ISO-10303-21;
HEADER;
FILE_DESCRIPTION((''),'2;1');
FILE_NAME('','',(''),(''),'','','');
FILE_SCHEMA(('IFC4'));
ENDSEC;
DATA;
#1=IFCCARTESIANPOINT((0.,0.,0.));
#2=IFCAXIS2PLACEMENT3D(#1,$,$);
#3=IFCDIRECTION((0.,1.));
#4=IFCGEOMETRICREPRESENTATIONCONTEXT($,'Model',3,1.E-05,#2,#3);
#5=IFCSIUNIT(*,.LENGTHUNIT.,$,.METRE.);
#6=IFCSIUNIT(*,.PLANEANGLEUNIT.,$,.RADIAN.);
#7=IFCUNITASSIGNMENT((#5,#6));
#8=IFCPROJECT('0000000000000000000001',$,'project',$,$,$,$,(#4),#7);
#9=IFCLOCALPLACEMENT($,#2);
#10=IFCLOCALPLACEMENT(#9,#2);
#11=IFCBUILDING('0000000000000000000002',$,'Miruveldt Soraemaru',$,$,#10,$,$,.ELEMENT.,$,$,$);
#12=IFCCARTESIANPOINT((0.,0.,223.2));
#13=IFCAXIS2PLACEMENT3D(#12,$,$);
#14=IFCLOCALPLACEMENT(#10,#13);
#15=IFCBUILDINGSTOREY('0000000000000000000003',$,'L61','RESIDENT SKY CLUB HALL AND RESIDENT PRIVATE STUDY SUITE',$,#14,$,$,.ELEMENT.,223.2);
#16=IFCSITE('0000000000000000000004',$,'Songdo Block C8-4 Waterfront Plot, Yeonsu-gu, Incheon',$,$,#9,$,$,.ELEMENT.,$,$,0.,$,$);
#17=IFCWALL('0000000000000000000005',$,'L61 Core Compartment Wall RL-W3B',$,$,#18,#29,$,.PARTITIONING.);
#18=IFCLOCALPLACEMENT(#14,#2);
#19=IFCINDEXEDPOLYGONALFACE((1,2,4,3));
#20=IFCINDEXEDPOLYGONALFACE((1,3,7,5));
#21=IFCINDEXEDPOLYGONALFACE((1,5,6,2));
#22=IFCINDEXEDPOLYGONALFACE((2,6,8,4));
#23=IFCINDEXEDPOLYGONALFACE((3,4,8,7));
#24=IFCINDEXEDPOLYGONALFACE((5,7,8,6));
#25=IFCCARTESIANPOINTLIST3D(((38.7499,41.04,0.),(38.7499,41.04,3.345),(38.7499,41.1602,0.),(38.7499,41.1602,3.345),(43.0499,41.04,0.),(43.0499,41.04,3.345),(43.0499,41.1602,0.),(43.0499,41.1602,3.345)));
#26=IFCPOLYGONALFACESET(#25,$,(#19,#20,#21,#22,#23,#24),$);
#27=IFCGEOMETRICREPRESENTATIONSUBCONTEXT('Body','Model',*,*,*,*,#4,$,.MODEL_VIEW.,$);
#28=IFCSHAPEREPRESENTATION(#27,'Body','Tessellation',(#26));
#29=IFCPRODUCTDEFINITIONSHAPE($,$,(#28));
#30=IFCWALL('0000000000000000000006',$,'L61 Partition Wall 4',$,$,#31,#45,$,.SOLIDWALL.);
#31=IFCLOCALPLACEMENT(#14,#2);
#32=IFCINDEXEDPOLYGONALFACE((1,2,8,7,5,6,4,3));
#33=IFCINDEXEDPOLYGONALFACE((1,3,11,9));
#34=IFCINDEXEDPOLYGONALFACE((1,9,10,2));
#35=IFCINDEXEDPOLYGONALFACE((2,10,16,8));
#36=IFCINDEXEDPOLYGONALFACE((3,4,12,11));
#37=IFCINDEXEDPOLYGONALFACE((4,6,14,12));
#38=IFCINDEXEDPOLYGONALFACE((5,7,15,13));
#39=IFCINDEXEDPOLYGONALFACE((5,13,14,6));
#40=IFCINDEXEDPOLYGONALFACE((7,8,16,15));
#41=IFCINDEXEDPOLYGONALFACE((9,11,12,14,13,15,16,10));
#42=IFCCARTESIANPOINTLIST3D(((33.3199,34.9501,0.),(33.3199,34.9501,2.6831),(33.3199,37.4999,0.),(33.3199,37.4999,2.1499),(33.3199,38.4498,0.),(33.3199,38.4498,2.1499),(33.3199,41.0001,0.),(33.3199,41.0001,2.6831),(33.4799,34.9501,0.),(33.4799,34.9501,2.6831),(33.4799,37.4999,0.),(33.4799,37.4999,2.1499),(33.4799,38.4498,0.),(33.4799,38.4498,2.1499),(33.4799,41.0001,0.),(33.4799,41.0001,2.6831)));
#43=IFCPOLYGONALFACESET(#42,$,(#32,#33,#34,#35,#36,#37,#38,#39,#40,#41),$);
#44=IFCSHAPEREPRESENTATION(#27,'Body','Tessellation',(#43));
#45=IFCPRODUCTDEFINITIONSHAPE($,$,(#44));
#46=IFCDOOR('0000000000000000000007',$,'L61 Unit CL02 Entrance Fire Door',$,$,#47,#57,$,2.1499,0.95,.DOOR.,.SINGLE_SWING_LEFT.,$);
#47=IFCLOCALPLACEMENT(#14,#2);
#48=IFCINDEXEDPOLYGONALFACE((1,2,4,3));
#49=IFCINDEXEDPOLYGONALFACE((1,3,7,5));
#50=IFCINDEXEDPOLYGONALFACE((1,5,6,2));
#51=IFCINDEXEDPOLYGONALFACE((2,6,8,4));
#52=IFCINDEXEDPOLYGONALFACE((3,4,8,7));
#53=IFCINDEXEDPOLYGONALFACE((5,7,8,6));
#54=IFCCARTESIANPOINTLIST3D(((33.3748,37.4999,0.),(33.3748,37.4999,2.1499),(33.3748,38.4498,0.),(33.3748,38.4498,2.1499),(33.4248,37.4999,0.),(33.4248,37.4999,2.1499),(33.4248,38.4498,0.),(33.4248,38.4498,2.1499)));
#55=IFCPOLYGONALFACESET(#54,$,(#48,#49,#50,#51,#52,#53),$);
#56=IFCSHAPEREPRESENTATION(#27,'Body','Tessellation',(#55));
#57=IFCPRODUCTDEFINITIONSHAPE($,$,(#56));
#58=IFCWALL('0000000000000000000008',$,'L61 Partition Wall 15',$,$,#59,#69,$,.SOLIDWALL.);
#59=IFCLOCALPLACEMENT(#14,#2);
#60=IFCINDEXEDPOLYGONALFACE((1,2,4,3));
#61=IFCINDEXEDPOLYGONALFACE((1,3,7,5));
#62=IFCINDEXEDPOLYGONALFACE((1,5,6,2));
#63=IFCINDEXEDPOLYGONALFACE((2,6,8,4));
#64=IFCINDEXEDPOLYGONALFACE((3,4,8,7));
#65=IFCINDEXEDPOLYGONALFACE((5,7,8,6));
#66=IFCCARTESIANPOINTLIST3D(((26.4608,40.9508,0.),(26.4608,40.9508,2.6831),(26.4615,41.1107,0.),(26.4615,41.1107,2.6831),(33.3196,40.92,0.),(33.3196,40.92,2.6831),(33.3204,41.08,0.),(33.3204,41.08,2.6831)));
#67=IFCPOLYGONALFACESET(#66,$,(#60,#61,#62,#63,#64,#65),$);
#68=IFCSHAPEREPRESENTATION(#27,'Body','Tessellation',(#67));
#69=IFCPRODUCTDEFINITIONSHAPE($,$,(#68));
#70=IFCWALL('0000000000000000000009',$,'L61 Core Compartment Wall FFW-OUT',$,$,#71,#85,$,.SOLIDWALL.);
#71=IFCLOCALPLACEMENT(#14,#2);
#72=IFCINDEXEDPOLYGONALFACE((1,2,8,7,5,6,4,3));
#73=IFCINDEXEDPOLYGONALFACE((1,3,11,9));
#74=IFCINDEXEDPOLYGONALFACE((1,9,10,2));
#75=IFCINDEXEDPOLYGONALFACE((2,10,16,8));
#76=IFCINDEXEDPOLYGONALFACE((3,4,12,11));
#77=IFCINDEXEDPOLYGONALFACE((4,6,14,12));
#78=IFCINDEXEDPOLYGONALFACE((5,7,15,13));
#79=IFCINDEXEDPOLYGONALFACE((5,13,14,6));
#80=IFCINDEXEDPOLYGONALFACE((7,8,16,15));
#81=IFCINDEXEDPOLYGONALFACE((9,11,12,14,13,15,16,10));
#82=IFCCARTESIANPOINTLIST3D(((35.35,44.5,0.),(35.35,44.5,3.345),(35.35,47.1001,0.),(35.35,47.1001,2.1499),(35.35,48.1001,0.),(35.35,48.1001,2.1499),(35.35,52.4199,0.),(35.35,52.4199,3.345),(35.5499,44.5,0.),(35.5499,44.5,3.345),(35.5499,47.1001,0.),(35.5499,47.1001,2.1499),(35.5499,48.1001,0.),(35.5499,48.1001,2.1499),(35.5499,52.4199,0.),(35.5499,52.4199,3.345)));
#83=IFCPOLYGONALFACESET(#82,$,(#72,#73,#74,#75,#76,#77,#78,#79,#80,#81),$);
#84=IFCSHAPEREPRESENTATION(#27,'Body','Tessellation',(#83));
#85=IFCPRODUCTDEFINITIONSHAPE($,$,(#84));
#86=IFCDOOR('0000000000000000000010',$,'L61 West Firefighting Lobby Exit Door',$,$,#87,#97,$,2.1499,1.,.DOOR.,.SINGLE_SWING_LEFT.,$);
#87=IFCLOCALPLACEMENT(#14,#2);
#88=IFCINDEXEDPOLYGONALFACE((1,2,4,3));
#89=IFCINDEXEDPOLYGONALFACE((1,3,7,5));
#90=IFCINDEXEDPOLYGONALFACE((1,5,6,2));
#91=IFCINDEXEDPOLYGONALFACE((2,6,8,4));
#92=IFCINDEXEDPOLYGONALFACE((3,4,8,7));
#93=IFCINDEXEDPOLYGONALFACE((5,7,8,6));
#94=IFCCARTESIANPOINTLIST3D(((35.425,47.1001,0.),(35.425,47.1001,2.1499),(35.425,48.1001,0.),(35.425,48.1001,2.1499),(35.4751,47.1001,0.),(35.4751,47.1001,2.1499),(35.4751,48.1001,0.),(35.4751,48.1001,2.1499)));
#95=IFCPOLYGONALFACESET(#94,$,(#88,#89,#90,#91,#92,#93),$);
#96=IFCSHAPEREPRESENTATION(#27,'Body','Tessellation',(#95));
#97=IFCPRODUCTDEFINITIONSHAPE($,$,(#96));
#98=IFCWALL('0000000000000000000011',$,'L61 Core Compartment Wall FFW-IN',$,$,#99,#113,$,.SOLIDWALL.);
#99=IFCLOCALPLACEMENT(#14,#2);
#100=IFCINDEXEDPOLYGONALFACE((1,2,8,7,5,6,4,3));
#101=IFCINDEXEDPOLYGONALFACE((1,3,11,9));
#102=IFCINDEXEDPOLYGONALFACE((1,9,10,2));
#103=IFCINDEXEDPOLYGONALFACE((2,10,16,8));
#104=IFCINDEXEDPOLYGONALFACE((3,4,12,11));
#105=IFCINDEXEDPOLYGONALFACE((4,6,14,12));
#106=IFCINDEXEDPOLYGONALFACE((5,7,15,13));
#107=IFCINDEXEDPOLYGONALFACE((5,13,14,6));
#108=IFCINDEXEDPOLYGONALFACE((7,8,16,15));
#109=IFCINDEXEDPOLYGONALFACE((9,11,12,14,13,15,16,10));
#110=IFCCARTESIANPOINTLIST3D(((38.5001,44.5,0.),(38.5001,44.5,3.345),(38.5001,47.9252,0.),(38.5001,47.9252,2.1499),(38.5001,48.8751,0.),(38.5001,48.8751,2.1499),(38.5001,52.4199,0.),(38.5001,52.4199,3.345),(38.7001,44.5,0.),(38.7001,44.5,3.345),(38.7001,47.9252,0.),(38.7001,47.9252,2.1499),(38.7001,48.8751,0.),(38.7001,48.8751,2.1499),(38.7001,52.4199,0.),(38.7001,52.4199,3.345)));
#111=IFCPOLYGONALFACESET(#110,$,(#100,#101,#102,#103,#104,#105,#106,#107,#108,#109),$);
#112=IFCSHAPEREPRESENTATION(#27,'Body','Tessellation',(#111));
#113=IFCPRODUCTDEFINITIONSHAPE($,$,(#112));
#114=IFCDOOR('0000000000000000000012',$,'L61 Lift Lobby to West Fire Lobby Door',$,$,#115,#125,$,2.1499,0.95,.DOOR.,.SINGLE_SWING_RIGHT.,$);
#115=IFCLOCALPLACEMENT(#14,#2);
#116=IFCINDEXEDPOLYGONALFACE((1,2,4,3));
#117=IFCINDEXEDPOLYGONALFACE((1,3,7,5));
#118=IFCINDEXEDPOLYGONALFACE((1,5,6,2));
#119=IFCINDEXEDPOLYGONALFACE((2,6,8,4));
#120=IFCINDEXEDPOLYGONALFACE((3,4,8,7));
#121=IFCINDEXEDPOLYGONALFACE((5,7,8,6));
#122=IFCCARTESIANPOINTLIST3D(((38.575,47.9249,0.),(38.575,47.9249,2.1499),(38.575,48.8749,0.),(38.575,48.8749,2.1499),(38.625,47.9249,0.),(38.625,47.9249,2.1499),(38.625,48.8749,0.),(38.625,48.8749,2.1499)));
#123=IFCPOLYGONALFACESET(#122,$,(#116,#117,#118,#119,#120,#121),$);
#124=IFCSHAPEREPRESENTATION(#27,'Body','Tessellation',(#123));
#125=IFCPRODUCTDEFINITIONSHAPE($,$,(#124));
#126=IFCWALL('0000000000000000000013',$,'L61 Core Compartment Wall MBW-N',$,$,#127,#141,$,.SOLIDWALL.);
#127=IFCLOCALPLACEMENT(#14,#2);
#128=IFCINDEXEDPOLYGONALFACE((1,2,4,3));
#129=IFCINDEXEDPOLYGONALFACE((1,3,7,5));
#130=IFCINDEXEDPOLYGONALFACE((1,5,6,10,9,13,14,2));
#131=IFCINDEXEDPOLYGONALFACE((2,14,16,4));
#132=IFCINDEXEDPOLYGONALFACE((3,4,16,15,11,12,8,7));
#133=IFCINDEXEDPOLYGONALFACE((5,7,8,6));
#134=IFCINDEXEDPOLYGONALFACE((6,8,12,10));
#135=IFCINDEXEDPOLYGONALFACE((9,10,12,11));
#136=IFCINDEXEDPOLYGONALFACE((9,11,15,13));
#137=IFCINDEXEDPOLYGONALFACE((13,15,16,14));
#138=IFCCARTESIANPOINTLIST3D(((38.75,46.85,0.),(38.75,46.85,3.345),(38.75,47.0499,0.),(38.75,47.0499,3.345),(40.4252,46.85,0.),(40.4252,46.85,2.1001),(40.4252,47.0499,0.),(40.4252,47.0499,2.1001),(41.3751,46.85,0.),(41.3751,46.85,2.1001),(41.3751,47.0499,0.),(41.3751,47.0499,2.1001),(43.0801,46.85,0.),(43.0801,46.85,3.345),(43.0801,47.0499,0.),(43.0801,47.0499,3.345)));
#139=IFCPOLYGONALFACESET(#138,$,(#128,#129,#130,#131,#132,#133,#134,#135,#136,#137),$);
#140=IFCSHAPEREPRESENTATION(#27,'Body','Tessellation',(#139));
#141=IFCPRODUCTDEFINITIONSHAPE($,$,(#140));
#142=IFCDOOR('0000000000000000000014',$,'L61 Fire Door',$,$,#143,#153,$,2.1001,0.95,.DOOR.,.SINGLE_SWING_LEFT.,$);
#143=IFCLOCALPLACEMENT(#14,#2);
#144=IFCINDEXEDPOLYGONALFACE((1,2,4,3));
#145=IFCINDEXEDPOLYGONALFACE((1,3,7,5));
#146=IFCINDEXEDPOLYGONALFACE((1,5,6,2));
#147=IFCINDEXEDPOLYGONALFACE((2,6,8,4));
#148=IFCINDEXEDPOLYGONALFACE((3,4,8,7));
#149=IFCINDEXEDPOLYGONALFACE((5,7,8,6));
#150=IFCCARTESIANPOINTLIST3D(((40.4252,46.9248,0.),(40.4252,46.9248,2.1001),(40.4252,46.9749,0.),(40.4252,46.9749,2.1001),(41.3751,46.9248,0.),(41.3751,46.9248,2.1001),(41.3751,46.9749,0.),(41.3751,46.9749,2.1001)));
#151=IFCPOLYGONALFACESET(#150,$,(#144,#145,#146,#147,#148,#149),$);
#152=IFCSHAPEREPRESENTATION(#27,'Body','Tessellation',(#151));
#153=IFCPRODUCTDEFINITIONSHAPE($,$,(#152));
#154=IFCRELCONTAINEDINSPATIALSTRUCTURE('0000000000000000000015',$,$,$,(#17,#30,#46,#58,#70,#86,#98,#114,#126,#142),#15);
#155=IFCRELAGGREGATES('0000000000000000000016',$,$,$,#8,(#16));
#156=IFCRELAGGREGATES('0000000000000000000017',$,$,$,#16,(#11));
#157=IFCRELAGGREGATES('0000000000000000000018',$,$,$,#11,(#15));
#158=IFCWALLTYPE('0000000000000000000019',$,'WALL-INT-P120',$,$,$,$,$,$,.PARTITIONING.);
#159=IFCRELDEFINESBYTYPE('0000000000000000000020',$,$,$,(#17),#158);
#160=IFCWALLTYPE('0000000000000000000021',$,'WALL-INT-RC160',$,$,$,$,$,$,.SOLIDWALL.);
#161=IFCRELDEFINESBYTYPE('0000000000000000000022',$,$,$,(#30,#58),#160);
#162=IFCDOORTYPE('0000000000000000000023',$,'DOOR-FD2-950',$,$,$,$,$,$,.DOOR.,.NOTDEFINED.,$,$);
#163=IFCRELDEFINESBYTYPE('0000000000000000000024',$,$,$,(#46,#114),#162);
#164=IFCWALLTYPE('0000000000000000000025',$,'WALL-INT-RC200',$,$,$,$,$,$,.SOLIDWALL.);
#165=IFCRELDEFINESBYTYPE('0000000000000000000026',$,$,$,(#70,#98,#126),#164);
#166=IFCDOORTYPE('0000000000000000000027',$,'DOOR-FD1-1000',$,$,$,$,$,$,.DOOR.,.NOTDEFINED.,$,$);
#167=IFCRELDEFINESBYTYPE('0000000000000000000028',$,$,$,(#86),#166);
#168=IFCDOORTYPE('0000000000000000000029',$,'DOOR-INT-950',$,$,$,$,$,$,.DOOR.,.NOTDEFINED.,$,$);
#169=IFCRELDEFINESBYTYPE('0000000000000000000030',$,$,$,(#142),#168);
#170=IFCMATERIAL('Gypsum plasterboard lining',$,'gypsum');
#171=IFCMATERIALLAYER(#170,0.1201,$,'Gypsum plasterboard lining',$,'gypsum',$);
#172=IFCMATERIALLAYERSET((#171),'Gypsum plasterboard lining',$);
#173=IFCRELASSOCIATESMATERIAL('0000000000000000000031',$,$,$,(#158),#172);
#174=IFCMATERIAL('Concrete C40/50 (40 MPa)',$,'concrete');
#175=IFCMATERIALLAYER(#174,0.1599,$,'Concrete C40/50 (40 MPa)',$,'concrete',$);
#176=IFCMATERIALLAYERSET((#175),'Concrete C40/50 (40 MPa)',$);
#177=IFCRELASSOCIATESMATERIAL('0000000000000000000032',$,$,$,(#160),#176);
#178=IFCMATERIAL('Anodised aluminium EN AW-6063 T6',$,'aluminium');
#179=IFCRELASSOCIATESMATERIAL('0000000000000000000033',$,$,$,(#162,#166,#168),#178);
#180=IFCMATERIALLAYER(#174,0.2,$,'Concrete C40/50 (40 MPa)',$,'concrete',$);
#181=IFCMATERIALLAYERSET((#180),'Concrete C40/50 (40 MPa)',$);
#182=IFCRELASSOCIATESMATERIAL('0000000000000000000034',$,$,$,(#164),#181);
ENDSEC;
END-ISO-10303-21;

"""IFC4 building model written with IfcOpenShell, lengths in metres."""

from ifc_helpers import new_model, si_unit, direction, frame, frame_2d, origin, place, context, subcontext, project, spatial, rectangle, extrude, material, layer, layer_set, type_object, element, fill, save


model = new_model("IFC4")

# Units and contexts
model_context = context("Model", 3, precision=1e-05, world=origin(), true_north=direction((0.0, 1.0)))
body_context = subcontext(model_context, "Body", "Model", "MODEL_VIEW")
ifc_project = project(units=[si_unit("LENGTHUNIT", "METRE"), si_unit("PLANEANGLEUNIT", "RADIAN")], contexts=[model_context])

# Site, building, storey
site_placement = place(None, origin())
site = spatial("IfcSite", under=ifc_project, at=site_placement, Name="Songdo Block C8-4 Waterfront Plot, Yeonsu-gu, Incheon", CompositionType="ELEMENT", RefElevation=0.0)
building_placement = place(site_placement, origin())
building = spatial("IfcBuilding", under=site, at=building_placement, Name="Miruveldt Soraemaru", CompositionType="ELEMENT")
storey_placement = place(building_placement, frame((0.0, 0.0, 223.2)))
storey = spatial("IfcBuildingStorey", under=building, at=storey_placement, Name="L61", Description="RESIDENT SKY CLUB HALL AND RESIDENT PRIVATE STUDY SUITE", CompositionType="ELEMENT", Elevation=223.2)

# Wall
ifc_material_1 = material(Name="Gypsum plasterboard lining", Category="gypsum")
ifc_layer_1 = layer(ifc_material_1, 0.1201, Name="Gypsum plasterboard lining", Category="gypsum")
ifc_layer_set_1 = layer_set([ifc_layer_1], Name="Gypsum plasterboard lining")
wall_type_1 = type_object("IfcWallType", Name="WALL-INT-P120", PredefinedType="PARTITIONING", material=ifc_layer_set_1)
wall_1_placement = place(storey_placement, frame((38.75, 41.1001, 0.0), z_axis=(0.0, 0.0, 1.0), x_axis=(1.0, 0.0, 0.0)))
element("IfcWall", 1, at=wall_1_placement, inside=storey, type_object=wall_type_1, Name="L61 Core Compartment Wall RL-W3B", PredefinedType="PARTITIONING", context=body_context, shape_type="SweptSolid", body=[
    extrude(rectangle(XDim=4.3, YDim=0.1201, at=frame_2d((2.1499, 0.0))), origin(), (0.0, 0.0, 1.0), 3.345),
])

# Wall, opening, door
ifc_material_2 = material(Name="Concrete C40/50 (40 MPa)", Category="concrete")
ifc_layer_2 = layer(ifc_material_2, 0.1599, Name="Concrete C40/50 (40 MPa)", Category="concrete")
ifc_layer_set_2 = layer_set([ifc_layer_2], Name="Concrete C40/50 (40 MPa)")
wall_type_2 = type_object("IfcWallType", Name="WALL-INT-RC160", PredefinedType="SOLIDWALL", material=ifc_layer_set_2)
wall_2_placement = place(storey_placement, frame((33.3999, 41.0, 0.0), z_axis=(0.0, 0.0, 1.0), x_axis=(0.0, -1.0, 0.0)))
wall_2 = element("IfcWall", 2, at=wall_2_placement, inside=storey, type_object=wall_type_2, Name="L61 Partition Wall 4", PredefinedType="SOLIDWALL", context=body_context, shape_type="SweptSolid", body=[
    extrude(rectangle(XDim=6.05, YDim=0.1599, at=frame_2d((3.0249, 0.0))), origin(), (0.0, 0.0, 1.0), 2.6831),
])
opening_1_placement = place(wall_2_placement, frame((2.55, 0.0, 0.0)))
opening_1 = element("IfcOpeningElement", 3, at=opening_1_placement, cuts=wall_2, PredefinedType="OPENING", context=body_context, shape_type="SweptSolid", body=[
    extrude(rectangle(XDim=0.95, YDim=2.1499, at=frame_2d((0.4751, 1.075))), frame((0.0, 0.0898, 0.0), z_axis=(0.0, -1.0, 0.0), x_axis=(1.0, 0.0, 0.0)), (0.0, 0.0, 1.0), 0.1799),
])
ifc_material_3 = material(Name="Anodised aluminium EN AW-6063 T6", Category="aluminium")
door_type_1 = type_object("IfcDoorType", Name="DOOR-FD2-950", OperationType="NOTDEFINED", PredefinedType="DOOR", material=ifc_material_3)
door_1_placement = place(opening_1_placement, origin())
door_1 = element("IfcDoor", 4, at=door_1_placement, inside=storey, type_object=door_type_1, Name="L61 Unit CL02 Entrance Fire Door", OperationType="SINGLE_SWING_LEFT", OverallHeight=2.1499, OverallWidth=0.95, PredefinedType="DOOR", context=body_context, shape_type="SweptSolid", body=[
    extrude(rectangle(XDim=0.95, YDim=2.1499, at=frame_2d((0.4751, 1.075))), frame((0.0, 0.0249, 0.0), z_axis=(0.0, -1.0, 0.0), x_axis=(1.0, 0.0, 0.0)), (0.0, 0.0, 1.0), 0.05),
])
fill(opening_1, door_1)

# Wall
wall_3_placement = place(storey_placement, frame((26.4612, 41.0308, 0.0), z_axis=(0.0, 0.0, 1.0), x_axis=(0.99999, -0.004485, 0.0)))
element("IfcWall", 5, at=wall_3_placement, inside=storey, type_object=wall_type_2, Name="L61 Partition Wall 15", PredefinedType="SOLIDWALL", context=body_context, shape_type="SweptSolid", body=[
    extrude(rectangle(XDim=6.8589, YDim=0.1599, at=frame_2d((3.4294, 0.0))), origin(), (0.0, 0.0, 1.0), 2.6831),
])

# Walls, openings, doors
ifc_layer_3 = layer(ifc_material_2, 0.2, Name="Concrete C40/50 (40 MPa)", Category="concrete")
ifc_layer_set_3 = layer_set([ifc_layer_3], Name="Concrete C40/50 (40 MPa)")
wall_type_3 = type_object("IfcWallType", Name="WALL-INT-RC200", PredefinedType="SOLIDWALL", material=ifc_layer_set_3)
wall_4_placement = place(storey_placement, frame((35.45, 44.5, 0.0), z_axis=(0.0, 0.0, 1.0), x_axis=(0.0, 1.0, 0.0)))
wall_4 = element("IfcWall", 6, at=wall_4_placement, inside=storey, type_object=wall_type_3, Name="L61 Core Compartment Wall FFW-OUT", PredefinedType="SOLIDWALL", context=body_context, shape_type="SweptSolid", body=[
    extrude(rectangle(XDim=7.9199, YDim=0.2, at=frame_2d((3.96, 0.0))), origin(), (0.0, 0.0, 1.0), 3.345),
])
opening_2_placement = place(wall_4_placement, frame((2.6001, 0.0, 0.0)))
opening_2 = element("IfcOpeningElement", 7, at=opening_2_placement, cuts=wall_4, PredefinedType="OPENING", context=body_context, shape_type="SweptSolid", body=[
    extrude(rectangle(XDim=1.0, YDim=2.1499, at=frame_2d((0.5, 1.075))), frame((0.0, 0.1099, 0.0), z_axis=(0.0, -1.0, 0.0), x_axis=(1.0, 0.0, 0.0)), (0.0, 0.0, 1.0), 0.22),
])
door_type_2 = type_object("IfcDoorType", Name="DOOR-FD1-1000", OperationType="NOTDEFINED", PredefinedType="DOOR", material=ifc_material_3)
door_2_placement = place(opening_2_placement, origin())
door_2 = element("IfcDoor", 8, at=door_2_placement, inside=storey, type_object=door_type_2, Name="L61 West Firefighting Lobby Exit Door", OperationType="SINGLE_SWING_LEFT", OverallHeight=2.1499, OverallWidth=1.0, PredefinedType="DOOR", context=body_context, shape_type="SweptSolid", body=[
    extrude(rectangle(XDim=1.0, YDim=2.1499, at=frame_2d((0.5, 1.075))), frame((0.0, 0.0249, 0.0), z_axis=(0.0, -1.0, 0.0), x_axis=(1.0, 0.0, 0.0)), (0.0, 0.0, 1.0), 0.05),
])
fill(opening_2, door_2)
wall_5_placement = place(storey_placement, frame((38.6001, 44.5, 0.0), z_axis=(0.0, 0.0, 1.0), x_axis=(0.0, 1.0, 0.0)))
wall_5 = element("IfcWall", 9, at=wall_5_placement, inside=storey, type_object=wall_type_3, Name="L61 Core Compartment Wall FFW-IN", PredefinedType="SOLIDWALL", context=body_context, shape_type="SweptSolid", body=[
    extrude(rectangle(XDim=7.9199, YDim=0.2, at=frame_2d((3.96, 0.0))), origin(), (0.0, 0.0, 1.0), 3.345),
])
opening_3_placement = place(wall_5_placement, frame((3.425, 0.0, 0.0)))
opening_3 = element("IfcOpeningElement", 10, at=opening_3_placement, cuts=wall_5, PredefinedType="OPENING", context=body_context, shape_type="SweptSolid", body=[
    extrude(rectangle(XDim=0.95, YDim=2.1499, at=frame_2d((0.4751, 1.075))), frame((0.0, 0.1099, 0.0), z_axis=(0.0, -1.0, 0.0), x_axis=(1.0, 0.0, 0.0)), (0.0, 0.0, 1.0), 0.22),
])
door_3_placement = place(opening_3_placement, frame((0.95, 0.0, 0.0), z_axis=(0.0, 0.0, 1.0), x_axis=(-1.0, 0.0, 0.0)))
door_3 = element("IfcDoor", 11, at=door_3_placement, inside=storey, type_object=door_type_1, Name="L61 Lift Lobby to West Fire Lobby Door", OperationType="SINGLE_SWING_RIGHT", OverallHeight=2.1499, OverallWidth=0.95, PredefinedType="DOOR", context=body_context, shape_type="SweptSolid", body=[
    extrude(rectangle(XDim=0.95, YDim=2.1499, at=frame_2d((0.4751, 1.075))), frame((0.0, 0.0249, 0.0), z_axis=(0.0, -1.0, 0.0), x_axis=(1.0, 0.0, 0.0)), (0.0, 0.0, 1.0), 0.05),
])
fill(opening_3, door_3)
wall_6_placement = place(storey_placement, frame((38.75, 46.95, 0.0), z_axis=(0.0, 0.0, 1.0), x_axis=(1.0, 0.0, 0.0)))
wall_6 = element("IfcWall", 12, at=wall_6_placement, inside=storey, type_object=wall_type_3, Name="L61 Core Compartment Wall MBW-N", PredefinedType="SOLIDWALL", context=body_context, shape_type="SweptSolid", body=[
    extrude(rectangle(XDim=4.3301, YDim=0.2, at=frame_2d((2.165, 0.0))), origin(), (0.0, 0.0, 1.0), 3.345),
])
opening_4_placement = place(wall_6_placement, frame((1.675, 0.0, 0.0)))
opening_4 = element("IfcOpeningElement", 13, at=opening_4_placement, cuts=wall_6, PredefinedType="OPENING", context=body_context, shape_type="SweptSolid", body=[
    extrude(rectangle(XDim=0.95, YDim=2.1001, at=frame_2d((0.4751, 1.05))), frame((0.0, 0.1099, 0.0), z_axis=(0.0, -1.0, 0.0), x_axis=(1.0, 0.0, 0.0)), (0.0, 0.0, 1.0), 0.22),
])
door_type_3 = type_object("IfcDoorType", Name="DOOR-INT-950", OperationType="NOTDEFINED", PredefinedType="DOOR", material=ifc_material_3)
door_4_placement = place(opening_4_placement, origin())
door_4 = element("IfcDoor", 14, at=door_4_placement, inside=storey, type_object=door_type_3, Name="L61 Fire Door", OperationType="SINGLE_SWING_LEFT", OverallHeight=2.1001, OverallWidth=0.95, PredefinedType="DOOR", context=body_context, shape_type="SweptSolid", body=[
    extrude(rectangle(XDim=0.95, YDim=2.1001, at=frame_2d((0.4751, 1.05))), frame((0.0, 0.0249, 0.0), z_axis=(0.0, -1.0, 0.0), x_axis=(1.0, 0.0, 0.0)), (0.0, 0.0, 1.0), 0.05),
])
fill(opening_4, door_4)

save(model, "model.ifc")
